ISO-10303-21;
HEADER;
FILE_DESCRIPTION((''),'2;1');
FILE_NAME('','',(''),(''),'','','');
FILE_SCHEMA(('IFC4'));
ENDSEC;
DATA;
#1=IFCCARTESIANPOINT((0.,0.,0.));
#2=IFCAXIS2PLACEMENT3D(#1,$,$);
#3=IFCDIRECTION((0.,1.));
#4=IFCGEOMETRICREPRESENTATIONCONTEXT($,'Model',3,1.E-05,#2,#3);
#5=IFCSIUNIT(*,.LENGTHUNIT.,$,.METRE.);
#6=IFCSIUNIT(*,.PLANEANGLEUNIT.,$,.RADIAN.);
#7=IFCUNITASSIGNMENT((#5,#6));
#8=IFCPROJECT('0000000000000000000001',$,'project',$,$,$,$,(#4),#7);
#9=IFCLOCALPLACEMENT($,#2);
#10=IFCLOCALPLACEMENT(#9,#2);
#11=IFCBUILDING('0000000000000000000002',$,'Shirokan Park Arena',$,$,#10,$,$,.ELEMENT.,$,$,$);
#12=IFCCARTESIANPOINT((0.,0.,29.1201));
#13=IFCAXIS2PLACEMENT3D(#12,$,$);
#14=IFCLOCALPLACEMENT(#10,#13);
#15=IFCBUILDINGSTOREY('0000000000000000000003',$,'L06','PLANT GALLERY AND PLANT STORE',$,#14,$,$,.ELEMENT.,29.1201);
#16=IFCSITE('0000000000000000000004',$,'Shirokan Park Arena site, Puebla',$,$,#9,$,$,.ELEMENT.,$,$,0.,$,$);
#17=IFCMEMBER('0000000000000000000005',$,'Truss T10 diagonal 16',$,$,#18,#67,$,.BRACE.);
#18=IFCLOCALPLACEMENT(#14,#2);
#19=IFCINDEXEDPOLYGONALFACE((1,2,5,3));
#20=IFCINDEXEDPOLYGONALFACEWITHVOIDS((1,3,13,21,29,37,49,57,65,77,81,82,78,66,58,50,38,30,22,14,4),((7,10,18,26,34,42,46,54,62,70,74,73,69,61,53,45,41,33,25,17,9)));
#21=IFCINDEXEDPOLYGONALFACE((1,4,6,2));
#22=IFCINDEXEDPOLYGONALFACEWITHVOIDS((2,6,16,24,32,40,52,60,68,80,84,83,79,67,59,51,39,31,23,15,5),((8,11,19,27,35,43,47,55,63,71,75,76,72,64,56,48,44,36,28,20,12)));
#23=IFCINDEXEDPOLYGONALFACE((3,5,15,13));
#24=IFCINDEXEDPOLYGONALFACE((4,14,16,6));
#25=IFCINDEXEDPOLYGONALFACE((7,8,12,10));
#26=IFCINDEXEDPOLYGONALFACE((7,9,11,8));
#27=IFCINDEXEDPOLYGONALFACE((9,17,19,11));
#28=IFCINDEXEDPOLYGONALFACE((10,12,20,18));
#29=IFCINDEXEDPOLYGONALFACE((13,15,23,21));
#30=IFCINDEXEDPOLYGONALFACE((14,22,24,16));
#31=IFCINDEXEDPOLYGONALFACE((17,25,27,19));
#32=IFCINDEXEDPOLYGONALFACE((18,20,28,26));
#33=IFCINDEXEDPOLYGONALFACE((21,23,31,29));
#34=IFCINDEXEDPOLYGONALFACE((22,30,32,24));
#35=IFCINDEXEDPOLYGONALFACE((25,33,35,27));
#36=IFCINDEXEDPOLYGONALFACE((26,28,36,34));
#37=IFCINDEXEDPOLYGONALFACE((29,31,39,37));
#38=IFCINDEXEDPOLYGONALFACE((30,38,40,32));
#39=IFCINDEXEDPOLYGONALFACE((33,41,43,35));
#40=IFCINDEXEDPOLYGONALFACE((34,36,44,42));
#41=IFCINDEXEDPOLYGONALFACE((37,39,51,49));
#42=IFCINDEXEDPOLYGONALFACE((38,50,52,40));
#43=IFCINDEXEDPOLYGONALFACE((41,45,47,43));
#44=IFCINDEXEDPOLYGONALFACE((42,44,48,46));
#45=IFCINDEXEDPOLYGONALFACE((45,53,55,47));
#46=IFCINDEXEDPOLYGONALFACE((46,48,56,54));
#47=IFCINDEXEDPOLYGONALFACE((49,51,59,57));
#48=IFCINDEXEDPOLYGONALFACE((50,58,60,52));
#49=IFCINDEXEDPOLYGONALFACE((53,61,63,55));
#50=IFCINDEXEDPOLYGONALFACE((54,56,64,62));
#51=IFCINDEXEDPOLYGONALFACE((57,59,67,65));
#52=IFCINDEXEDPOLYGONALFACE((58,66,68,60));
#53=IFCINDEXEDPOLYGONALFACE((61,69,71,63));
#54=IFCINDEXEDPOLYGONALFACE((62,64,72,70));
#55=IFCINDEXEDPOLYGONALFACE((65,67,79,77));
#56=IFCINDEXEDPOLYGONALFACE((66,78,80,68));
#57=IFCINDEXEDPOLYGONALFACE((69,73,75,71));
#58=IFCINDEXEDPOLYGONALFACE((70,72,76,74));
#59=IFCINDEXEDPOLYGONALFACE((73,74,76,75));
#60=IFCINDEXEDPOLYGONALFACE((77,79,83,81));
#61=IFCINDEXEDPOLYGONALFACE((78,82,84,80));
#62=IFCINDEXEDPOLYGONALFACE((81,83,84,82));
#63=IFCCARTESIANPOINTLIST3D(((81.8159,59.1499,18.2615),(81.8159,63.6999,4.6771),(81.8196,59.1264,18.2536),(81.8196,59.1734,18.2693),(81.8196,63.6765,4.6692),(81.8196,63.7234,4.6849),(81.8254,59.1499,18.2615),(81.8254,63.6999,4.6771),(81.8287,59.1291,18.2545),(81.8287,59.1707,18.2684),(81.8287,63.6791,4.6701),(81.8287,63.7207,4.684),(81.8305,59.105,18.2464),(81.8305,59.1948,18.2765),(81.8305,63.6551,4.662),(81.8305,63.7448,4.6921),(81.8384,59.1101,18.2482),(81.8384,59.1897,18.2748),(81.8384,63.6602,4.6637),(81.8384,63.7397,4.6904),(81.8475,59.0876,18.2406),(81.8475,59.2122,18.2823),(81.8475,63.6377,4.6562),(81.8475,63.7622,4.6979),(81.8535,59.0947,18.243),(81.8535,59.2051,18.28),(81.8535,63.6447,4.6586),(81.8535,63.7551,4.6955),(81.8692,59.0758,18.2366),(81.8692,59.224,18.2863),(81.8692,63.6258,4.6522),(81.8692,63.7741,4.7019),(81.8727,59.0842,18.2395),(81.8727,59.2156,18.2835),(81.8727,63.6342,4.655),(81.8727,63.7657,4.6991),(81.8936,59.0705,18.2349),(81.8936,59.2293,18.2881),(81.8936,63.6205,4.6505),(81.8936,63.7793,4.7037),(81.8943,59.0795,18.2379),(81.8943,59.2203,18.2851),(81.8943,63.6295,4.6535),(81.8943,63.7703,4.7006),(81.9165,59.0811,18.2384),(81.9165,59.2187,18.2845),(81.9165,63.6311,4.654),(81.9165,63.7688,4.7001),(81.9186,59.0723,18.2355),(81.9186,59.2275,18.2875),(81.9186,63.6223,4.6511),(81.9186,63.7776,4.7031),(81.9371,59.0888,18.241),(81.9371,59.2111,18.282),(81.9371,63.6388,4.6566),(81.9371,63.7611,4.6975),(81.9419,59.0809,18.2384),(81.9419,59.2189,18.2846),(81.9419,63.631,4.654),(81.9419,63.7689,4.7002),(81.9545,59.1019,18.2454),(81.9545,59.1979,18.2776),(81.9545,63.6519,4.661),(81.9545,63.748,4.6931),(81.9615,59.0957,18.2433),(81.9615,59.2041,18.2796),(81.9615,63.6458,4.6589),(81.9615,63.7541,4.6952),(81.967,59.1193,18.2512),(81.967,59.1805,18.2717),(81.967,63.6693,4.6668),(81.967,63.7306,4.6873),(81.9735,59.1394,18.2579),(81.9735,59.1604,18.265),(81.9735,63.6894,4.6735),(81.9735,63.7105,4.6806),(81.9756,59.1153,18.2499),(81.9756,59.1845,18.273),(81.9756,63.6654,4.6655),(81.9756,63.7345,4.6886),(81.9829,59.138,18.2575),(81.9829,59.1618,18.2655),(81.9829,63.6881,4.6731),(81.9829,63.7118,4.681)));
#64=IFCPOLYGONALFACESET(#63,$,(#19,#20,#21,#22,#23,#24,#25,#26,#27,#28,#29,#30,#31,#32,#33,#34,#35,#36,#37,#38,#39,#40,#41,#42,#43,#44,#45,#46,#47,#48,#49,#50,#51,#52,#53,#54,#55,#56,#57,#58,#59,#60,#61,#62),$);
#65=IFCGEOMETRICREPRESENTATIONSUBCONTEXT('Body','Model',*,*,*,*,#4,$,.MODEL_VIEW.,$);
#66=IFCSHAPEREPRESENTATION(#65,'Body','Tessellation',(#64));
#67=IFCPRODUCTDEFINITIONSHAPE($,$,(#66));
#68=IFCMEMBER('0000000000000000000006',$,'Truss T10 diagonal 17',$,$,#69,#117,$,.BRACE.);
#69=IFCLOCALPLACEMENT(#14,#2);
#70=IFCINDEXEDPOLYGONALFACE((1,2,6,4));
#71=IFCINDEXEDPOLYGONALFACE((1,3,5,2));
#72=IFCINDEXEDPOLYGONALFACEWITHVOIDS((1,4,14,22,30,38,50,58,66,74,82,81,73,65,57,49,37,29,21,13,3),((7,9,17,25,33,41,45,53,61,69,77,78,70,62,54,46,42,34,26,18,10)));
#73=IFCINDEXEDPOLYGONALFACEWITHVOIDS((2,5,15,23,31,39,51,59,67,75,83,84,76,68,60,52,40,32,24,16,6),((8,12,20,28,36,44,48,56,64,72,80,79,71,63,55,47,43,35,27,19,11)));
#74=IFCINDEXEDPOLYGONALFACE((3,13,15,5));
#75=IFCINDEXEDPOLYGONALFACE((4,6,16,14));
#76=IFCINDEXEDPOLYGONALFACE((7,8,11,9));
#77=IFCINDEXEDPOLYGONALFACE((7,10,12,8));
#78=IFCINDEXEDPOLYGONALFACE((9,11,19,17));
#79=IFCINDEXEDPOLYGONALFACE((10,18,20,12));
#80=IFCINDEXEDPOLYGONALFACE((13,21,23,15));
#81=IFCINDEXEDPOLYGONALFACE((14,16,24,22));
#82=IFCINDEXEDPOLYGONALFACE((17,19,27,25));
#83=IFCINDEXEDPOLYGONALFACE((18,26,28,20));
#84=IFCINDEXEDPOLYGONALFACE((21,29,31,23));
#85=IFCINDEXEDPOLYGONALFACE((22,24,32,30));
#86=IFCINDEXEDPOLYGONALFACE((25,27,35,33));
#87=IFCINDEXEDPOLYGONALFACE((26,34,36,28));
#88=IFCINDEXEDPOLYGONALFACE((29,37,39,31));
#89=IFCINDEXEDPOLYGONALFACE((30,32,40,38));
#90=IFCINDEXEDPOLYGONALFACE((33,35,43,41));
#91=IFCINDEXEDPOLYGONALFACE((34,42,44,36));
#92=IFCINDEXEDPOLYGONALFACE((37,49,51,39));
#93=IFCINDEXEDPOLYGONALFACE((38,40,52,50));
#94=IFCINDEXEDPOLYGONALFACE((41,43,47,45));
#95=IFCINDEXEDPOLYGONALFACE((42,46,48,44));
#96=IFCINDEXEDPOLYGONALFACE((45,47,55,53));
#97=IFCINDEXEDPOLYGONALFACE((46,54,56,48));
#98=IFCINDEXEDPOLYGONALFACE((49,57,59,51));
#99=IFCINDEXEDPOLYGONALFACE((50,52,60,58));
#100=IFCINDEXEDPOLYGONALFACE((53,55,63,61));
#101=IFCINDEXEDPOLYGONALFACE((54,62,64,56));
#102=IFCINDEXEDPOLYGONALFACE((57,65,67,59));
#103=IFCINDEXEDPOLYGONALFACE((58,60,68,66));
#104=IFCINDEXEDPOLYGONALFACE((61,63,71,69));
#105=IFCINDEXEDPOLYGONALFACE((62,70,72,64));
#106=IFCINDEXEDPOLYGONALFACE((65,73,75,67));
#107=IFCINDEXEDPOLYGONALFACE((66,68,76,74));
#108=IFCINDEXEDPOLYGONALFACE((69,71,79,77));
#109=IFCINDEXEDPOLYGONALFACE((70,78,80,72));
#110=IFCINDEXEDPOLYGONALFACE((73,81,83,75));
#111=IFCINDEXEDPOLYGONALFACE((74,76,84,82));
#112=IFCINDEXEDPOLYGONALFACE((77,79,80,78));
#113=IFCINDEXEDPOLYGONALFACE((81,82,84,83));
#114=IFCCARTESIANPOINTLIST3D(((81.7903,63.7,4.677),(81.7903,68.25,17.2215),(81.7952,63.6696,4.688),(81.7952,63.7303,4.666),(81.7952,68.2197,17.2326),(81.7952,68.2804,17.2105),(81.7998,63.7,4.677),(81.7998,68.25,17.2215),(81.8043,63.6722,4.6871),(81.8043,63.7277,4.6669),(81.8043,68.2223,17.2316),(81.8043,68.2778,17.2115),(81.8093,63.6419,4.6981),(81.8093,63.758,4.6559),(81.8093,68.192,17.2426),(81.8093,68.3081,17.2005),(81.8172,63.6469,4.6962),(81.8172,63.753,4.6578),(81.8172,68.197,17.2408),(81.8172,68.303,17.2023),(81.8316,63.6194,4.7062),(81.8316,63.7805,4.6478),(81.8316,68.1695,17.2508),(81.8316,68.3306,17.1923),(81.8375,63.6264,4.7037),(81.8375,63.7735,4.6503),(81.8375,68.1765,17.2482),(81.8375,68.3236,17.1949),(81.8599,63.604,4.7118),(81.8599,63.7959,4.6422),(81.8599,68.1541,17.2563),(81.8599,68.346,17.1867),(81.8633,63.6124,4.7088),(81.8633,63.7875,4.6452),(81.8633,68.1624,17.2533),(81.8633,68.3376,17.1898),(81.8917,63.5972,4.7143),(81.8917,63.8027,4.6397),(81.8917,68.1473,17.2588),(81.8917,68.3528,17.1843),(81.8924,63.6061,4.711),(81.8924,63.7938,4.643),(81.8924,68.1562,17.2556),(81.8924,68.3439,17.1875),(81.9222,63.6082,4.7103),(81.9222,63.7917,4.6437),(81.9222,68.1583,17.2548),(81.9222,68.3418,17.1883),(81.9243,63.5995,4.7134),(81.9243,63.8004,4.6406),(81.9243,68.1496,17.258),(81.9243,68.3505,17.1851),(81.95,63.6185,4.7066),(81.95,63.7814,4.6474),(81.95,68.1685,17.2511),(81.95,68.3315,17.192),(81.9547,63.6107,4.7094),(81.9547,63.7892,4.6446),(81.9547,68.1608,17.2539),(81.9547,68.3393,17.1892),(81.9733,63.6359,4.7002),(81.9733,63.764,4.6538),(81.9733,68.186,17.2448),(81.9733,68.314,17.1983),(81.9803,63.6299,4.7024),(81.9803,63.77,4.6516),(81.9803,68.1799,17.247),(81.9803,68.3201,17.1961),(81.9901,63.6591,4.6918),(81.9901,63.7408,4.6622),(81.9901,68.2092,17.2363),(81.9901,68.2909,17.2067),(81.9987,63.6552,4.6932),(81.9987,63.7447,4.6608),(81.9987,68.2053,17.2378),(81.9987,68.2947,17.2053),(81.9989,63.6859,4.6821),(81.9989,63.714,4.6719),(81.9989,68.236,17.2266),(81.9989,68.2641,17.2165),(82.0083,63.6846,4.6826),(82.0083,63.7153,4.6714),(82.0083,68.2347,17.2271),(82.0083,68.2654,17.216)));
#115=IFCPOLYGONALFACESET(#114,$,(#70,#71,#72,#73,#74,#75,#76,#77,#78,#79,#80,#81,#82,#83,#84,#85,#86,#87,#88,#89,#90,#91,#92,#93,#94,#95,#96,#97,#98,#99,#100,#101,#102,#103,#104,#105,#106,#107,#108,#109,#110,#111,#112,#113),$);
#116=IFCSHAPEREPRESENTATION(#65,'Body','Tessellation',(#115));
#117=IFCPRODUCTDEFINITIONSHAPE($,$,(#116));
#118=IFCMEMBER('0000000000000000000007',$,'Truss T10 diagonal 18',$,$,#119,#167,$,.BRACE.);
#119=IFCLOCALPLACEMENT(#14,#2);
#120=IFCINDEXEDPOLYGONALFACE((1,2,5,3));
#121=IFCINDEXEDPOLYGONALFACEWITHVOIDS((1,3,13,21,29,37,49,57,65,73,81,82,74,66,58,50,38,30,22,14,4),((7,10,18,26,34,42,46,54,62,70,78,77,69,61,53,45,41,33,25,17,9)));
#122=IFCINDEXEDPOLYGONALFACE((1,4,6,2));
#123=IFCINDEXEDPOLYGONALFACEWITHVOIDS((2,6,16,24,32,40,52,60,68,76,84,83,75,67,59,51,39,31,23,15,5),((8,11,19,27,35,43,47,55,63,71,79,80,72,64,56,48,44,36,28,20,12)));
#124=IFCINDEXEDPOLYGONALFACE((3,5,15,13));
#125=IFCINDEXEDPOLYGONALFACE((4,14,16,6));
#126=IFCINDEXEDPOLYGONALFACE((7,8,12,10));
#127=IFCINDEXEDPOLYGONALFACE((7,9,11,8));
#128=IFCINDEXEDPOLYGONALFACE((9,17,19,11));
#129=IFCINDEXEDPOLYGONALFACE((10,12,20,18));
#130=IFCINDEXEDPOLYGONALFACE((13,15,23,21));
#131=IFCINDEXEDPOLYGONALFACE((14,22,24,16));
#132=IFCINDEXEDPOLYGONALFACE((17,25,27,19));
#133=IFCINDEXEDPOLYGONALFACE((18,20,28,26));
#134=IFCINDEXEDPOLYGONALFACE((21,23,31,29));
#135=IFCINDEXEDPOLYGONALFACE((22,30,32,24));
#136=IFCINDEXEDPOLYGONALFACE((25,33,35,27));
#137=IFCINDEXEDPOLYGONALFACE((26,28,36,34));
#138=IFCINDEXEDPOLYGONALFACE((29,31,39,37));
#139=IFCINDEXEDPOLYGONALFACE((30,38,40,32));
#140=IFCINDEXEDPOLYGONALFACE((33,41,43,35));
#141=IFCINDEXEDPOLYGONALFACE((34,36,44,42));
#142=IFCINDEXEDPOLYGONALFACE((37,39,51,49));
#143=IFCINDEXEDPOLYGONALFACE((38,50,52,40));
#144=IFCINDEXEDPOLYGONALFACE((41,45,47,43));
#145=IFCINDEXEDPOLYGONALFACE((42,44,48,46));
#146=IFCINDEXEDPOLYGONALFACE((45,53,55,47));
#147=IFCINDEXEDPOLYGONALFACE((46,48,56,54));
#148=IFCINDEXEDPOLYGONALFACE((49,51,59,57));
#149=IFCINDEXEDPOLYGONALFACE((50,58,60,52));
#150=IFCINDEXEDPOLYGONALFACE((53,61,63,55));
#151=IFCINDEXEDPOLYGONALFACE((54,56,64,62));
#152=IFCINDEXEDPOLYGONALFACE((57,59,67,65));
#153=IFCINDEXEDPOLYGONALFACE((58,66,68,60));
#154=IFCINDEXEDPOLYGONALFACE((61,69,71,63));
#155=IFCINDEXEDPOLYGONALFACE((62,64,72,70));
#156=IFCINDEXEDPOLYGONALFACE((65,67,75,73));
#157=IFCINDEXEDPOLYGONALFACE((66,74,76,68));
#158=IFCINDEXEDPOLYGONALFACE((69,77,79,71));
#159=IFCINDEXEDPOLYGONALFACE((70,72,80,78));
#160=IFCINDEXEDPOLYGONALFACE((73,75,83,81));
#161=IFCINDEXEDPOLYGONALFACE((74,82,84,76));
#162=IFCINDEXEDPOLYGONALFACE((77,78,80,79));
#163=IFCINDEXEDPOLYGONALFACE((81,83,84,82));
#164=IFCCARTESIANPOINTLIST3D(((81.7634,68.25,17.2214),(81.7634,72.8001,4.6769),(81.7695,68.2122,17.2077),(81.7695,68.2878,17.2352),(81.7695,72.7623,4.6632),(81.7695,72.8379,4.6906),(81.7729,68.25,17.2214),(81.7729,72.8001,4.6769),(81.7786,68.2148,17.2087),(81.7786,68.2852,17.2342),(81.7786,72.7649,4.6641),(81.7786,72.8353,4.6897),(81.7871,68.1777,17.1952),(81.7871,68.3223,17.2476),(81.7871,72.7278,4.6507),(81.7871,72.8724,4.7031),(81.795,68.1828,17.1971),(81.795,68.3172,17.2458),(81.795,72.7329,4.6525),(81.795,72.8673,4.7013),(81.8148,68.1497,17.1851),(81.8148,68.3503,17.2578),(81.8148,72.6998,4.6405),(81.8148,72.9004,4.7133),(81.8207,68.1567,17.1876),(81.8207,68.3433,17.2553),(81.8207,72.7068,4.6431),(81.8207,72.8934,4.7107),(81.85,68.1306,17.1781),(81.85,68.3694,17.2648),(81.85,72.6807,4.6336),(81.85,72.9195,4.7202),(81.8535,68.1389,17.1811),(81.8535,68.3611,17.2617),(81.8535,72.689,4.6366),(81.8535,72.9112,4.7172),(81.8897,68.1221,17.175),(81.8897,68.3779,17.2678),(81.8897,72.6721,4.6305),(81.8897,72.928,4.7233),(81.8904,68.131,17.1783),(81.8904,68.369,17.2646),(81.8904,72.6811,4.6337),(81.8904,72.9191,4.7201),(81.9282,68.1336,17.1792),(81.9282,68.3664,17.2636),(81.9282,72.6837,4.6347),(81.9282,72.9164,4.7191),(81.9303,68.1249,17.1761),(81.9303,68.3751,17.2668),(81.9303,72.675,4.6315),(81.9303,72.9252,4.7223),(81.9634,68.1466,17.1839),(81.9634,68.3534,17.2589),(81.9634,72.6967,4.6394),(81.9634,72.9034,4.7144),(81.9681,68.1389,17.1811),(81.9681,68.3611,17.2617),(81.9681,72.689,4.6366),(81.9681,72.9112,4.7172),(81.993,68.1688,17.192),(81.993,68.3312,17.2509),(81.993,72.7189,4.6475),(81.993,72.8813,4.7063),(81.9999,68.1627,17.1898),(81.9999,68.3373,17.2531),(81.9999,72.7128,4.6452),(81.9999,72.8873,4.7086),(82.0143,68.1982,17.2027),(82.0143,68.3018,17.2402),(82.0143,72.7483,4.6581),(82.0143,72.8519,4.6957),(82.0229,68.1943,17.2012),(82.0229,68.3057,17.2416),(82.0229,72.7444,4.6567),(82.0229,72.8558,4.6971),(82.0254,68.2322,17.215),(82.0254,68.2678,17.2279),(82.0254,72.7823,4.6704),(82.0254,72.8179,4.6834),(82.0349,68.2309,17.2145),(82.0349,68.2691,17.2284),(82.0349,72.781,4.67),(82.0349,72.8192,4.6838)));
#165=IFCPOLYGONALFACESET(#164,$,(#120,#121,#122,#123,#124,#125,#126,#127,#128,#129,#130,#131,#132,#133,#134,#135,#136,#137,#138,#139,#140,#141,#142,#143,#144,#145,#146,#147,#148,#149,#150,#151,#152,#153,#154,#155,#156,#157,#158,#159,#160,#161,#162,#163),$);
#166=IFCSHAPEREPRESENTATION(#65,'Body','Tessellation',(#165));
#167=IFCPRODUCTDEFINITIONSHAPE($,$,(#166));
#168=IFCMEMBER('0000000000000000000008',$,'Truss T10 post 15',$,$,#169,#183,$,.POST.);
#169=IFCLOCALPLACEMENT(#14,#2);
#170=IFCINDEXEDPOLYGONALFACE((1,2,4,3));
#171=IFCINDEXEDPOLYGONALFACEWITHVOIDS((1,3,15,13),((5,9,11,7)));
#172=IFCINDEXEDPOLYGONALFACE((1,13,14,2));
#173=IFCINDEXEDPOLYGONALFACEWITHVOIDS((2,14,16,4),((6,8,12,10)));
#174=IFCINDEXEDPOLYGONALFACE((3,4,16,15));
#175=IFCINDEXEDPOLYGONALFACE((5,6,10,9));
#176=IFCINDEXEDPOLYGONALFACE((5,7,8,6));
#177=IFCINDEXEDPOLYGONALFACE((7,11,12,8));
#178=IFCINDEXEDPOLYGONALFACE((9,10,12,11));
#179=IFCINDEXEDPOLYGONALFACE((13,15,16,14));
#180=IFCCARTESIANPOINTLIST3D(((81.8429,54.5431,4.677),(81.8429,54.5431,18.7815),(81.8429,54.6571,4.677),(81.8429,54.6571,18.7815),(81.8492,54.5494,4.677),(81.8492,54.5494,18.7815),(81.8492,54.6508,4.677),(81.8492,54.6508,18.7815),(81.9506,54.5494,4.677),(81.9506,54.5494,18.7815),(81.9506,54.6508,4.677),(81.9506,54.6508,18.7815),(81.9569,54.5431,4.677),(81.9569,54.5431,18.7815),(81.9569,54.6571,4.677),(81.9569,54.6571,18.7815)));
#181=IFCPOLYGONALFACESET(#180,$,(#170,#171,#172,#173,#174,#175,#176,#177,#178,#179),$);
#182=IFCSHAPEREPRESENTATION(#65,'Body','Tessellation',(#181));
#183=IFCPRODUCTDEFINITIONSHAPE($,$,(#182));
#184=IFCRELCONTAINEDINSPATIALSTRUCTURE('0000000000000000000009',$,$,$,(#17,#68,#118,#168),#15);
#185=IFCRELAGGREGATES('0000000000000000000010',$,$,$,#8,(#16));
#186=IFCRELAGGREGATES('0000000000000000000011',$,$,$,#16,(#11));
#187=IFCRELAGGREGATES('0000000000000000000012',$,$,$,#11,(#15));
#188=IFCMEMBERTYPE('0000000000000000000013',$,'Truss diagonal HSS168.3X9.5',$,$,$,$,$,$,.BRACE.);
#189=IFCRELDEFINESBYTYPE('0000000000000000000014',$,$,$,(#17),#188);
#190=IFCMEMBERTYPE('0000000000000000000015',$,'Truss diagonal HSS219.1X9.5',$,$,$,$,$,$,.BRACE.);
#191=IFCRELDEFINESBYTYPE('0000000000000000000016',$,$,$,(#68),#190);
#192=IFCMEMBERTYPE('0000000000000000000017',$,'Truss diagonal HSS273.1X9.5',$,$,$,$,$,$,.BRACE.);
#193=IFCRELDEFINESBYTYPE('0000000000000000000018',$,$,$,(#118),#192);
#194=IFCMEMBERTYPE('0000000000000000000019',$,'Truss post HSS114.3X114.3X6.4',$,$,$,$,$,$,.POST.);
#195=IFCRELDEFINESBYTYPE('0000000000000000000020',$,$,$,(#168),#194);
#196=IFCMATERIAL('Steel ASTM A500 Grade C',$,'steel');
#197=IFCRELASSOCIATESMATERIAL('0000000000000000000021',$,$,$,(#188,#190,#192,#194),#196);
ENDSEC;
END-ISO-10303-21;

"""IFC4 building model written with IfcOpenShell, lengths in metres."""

from ifc_helpers import new_model, si_unit, direction, frame, origin, origin_2d, place, context, subcontext, project, spatial, hollow_rectangle, hollow_circle, extrude, material, material_profile, profile_set, type_object, element, save


model = new_model("IFC4")

# Units and contexts
model_context = context("Model", 3, precision=1e-05, world=origin(), true_north=direction((0.0, 1.0)))
body_context = subcontext(model_context, "Body", "Model", "MODEL_VIEW")
ifc_project = project(units=[si_unit("LENGTHUNIT", "METRE"), si_unit("PLANEANGLEUNIT", "RADIAN")], contexts=[model_context])

# Site, building, storey
site_placement = place(None, origin())
site = spatial("IfcSite", under=ifc_project, at=site_placement, Name="Shirokan Park Arena site, Puebla", CompositionType="ELEMENT", RefElevation=0.0)
building_placement = place(site_placement, origin())
building = spatial("IfcBuilding", under=site, at=building_placement, Name="Shirokan Park Arena", CompositionType="ELEMENT")
storey_placement = place(building_placement, frame((0.0, 0.0, 29.1201)))
storey = spatial("IfcBuildingStorey", under=building, at=storey_placement, Name="L06", Description="PLANT GALLERY AND PLANT STORE", CompositionType="ELEMENT", Elevation=29.1201)

# Members
ifc_material_1 = material(Name="Steel ASTM A500 Grade C", Category="steel")
ifc_material_profile_1 = material_profile(ifc_material_1, hollow_circle(Radius=0.084, WallThickness=0.0095, at=origin_2d()), Name="HSS168.3X9.5")
ifc_profile_set_1 = profile_set([ifc_material_profile_1], Name="Steel ASTM A500 Grade C")
member_type_1 = type_object("IfcMemberType", Name="Truss diagonal HSS168.3X9.5", PredefinedType="BRACE", material=ifc_profile_set_1)
member_1_placement = place(storey_placement, frame((81.8999, 59.1499, 18.2615), z_axis=(0.0, 0.317603, -0.948224), x_axis=(-1.0, 0.0, 0.0)))
element("IfcMember", 1, at=member_1_placement, inside=storey, type_object=member_type_1, Name="Truss T10 diagonal 16", PredefinedType="BRACE", context=body_context, shape_type="SweptSolid", body=[
    extrude(hollow_circle(Radius=0.084, WallThickness=0.0095, at=origin_2d()), origin(), (0.0, 0.0, 1.0), 14.3262),
])
ifc_material_profile_2 = material_profile(ifc_material_1, hollow_circle(Radius=0.1096, WallThickness=0.0095, at=origin_2d()), Name="HSS219.1X9.5")
ifc_profile_set_2 = profile_set([ifc_material_profile_2], Name="Steel ASTM A500 Grade C")
member_type_2 = type_object("IfcMemberType", Name="Truss diagonal HSS219.1X9.5", PredefinedType="BRACE", material=ifc_profile_set_2)
member_2_placement = place(storey_placement, frame((81.8999, 63.7, 4.677), z_axis=(0.0, 0.340978, 0.940071), x_axis=(-1.0, 0.0, 0.0)))
element("IfcMember", 2, at=member_2_placement, inside=storey, type_object=member_type_2, Name="Truss T10 diagonal 17", PredefinedType="BRACE", context=body_context, shape_type="SweptSolid", body=[
    extrude(hollow_circle(Radius=0.1096, WallThickness=0.0095, at=origin_2d()), origin(), (0.0, 0.0, 1.0), 13.3442),
])
ifc_material_profile_3 = material_profile(ifc_material_1, hollow_circle(Radius=0.1365, WallThickness=0.0095, at=origin_2d()), Name="HSS273.1X9.5")
ifc_profile_set_3 = profile_set([ifc_material_profile_3], Name="Steel ASTM A500 Grade C")
member_type_3 = type_object("IfcMemberType", Name="Truss diagonal HSS273.1X9.5", PredefinedType="BRACE", material=ifc_profile_set_3)
member_3_placement = place(storey_placement, frame((81.8999, 68.25, 17.2214), z_axis=(0.0, 0.340978, -0.940071), x_axis=(-1.0, 0.0, 0.0)))
element("IfcMember", 3, at=member_3_placement, inside=storey, type_object=member_type_3, Name="Truss T10 diagonal 18", PredefinedType="BRACE", context=body_context, shape_type="SweptSolid", body=[
    extrude(hollow_circle(Radius=0.1365, WallThickness=0.0095, at=origin_2d()), origin(), (0.0, 0.0, 1.0), 13.3442),
])
ifc_material_profile_4 = material_profile(ifc_material_1, hollow_rectangle(XDim=0.114, YDim=0.114, WallThickness=0.0063, at=origin_2d()), Name="HSS114.3X114.3X6.4")
ifc_profile_set_4 = profile_set([ifc_material_profile_4], Name="Steel ASTM A500 Grade C")
member_type_4 = type_object("IfcMemberType", Name="Truss post HSS114.3X114.3X6.4", PredefinedType="POST", material=ifc_profile_set_4)
member_4_placement = place(storey_placement, frame((81.8999, 54.6001, 4.677), z_axis=(0.0, 0.0, 1.0), x_axis=(1.0, 0.0, 0.0)))
element("IfcMember", 4, at=member_4_placement, inside=storey, type_object=member_type_4, Name="Truss T10 post 15", PredefinedType="POST", context=body_context, shape_type="SweptSolid", body=[
    extrude(hollow_rectangle(XDim=0.114, YDim=0.114, WallThickness=0.0063, at=origin_2d()), origin(), (0.0, 0.0, 1.0), 14.1045),
])

save(model, "model.ifc")
